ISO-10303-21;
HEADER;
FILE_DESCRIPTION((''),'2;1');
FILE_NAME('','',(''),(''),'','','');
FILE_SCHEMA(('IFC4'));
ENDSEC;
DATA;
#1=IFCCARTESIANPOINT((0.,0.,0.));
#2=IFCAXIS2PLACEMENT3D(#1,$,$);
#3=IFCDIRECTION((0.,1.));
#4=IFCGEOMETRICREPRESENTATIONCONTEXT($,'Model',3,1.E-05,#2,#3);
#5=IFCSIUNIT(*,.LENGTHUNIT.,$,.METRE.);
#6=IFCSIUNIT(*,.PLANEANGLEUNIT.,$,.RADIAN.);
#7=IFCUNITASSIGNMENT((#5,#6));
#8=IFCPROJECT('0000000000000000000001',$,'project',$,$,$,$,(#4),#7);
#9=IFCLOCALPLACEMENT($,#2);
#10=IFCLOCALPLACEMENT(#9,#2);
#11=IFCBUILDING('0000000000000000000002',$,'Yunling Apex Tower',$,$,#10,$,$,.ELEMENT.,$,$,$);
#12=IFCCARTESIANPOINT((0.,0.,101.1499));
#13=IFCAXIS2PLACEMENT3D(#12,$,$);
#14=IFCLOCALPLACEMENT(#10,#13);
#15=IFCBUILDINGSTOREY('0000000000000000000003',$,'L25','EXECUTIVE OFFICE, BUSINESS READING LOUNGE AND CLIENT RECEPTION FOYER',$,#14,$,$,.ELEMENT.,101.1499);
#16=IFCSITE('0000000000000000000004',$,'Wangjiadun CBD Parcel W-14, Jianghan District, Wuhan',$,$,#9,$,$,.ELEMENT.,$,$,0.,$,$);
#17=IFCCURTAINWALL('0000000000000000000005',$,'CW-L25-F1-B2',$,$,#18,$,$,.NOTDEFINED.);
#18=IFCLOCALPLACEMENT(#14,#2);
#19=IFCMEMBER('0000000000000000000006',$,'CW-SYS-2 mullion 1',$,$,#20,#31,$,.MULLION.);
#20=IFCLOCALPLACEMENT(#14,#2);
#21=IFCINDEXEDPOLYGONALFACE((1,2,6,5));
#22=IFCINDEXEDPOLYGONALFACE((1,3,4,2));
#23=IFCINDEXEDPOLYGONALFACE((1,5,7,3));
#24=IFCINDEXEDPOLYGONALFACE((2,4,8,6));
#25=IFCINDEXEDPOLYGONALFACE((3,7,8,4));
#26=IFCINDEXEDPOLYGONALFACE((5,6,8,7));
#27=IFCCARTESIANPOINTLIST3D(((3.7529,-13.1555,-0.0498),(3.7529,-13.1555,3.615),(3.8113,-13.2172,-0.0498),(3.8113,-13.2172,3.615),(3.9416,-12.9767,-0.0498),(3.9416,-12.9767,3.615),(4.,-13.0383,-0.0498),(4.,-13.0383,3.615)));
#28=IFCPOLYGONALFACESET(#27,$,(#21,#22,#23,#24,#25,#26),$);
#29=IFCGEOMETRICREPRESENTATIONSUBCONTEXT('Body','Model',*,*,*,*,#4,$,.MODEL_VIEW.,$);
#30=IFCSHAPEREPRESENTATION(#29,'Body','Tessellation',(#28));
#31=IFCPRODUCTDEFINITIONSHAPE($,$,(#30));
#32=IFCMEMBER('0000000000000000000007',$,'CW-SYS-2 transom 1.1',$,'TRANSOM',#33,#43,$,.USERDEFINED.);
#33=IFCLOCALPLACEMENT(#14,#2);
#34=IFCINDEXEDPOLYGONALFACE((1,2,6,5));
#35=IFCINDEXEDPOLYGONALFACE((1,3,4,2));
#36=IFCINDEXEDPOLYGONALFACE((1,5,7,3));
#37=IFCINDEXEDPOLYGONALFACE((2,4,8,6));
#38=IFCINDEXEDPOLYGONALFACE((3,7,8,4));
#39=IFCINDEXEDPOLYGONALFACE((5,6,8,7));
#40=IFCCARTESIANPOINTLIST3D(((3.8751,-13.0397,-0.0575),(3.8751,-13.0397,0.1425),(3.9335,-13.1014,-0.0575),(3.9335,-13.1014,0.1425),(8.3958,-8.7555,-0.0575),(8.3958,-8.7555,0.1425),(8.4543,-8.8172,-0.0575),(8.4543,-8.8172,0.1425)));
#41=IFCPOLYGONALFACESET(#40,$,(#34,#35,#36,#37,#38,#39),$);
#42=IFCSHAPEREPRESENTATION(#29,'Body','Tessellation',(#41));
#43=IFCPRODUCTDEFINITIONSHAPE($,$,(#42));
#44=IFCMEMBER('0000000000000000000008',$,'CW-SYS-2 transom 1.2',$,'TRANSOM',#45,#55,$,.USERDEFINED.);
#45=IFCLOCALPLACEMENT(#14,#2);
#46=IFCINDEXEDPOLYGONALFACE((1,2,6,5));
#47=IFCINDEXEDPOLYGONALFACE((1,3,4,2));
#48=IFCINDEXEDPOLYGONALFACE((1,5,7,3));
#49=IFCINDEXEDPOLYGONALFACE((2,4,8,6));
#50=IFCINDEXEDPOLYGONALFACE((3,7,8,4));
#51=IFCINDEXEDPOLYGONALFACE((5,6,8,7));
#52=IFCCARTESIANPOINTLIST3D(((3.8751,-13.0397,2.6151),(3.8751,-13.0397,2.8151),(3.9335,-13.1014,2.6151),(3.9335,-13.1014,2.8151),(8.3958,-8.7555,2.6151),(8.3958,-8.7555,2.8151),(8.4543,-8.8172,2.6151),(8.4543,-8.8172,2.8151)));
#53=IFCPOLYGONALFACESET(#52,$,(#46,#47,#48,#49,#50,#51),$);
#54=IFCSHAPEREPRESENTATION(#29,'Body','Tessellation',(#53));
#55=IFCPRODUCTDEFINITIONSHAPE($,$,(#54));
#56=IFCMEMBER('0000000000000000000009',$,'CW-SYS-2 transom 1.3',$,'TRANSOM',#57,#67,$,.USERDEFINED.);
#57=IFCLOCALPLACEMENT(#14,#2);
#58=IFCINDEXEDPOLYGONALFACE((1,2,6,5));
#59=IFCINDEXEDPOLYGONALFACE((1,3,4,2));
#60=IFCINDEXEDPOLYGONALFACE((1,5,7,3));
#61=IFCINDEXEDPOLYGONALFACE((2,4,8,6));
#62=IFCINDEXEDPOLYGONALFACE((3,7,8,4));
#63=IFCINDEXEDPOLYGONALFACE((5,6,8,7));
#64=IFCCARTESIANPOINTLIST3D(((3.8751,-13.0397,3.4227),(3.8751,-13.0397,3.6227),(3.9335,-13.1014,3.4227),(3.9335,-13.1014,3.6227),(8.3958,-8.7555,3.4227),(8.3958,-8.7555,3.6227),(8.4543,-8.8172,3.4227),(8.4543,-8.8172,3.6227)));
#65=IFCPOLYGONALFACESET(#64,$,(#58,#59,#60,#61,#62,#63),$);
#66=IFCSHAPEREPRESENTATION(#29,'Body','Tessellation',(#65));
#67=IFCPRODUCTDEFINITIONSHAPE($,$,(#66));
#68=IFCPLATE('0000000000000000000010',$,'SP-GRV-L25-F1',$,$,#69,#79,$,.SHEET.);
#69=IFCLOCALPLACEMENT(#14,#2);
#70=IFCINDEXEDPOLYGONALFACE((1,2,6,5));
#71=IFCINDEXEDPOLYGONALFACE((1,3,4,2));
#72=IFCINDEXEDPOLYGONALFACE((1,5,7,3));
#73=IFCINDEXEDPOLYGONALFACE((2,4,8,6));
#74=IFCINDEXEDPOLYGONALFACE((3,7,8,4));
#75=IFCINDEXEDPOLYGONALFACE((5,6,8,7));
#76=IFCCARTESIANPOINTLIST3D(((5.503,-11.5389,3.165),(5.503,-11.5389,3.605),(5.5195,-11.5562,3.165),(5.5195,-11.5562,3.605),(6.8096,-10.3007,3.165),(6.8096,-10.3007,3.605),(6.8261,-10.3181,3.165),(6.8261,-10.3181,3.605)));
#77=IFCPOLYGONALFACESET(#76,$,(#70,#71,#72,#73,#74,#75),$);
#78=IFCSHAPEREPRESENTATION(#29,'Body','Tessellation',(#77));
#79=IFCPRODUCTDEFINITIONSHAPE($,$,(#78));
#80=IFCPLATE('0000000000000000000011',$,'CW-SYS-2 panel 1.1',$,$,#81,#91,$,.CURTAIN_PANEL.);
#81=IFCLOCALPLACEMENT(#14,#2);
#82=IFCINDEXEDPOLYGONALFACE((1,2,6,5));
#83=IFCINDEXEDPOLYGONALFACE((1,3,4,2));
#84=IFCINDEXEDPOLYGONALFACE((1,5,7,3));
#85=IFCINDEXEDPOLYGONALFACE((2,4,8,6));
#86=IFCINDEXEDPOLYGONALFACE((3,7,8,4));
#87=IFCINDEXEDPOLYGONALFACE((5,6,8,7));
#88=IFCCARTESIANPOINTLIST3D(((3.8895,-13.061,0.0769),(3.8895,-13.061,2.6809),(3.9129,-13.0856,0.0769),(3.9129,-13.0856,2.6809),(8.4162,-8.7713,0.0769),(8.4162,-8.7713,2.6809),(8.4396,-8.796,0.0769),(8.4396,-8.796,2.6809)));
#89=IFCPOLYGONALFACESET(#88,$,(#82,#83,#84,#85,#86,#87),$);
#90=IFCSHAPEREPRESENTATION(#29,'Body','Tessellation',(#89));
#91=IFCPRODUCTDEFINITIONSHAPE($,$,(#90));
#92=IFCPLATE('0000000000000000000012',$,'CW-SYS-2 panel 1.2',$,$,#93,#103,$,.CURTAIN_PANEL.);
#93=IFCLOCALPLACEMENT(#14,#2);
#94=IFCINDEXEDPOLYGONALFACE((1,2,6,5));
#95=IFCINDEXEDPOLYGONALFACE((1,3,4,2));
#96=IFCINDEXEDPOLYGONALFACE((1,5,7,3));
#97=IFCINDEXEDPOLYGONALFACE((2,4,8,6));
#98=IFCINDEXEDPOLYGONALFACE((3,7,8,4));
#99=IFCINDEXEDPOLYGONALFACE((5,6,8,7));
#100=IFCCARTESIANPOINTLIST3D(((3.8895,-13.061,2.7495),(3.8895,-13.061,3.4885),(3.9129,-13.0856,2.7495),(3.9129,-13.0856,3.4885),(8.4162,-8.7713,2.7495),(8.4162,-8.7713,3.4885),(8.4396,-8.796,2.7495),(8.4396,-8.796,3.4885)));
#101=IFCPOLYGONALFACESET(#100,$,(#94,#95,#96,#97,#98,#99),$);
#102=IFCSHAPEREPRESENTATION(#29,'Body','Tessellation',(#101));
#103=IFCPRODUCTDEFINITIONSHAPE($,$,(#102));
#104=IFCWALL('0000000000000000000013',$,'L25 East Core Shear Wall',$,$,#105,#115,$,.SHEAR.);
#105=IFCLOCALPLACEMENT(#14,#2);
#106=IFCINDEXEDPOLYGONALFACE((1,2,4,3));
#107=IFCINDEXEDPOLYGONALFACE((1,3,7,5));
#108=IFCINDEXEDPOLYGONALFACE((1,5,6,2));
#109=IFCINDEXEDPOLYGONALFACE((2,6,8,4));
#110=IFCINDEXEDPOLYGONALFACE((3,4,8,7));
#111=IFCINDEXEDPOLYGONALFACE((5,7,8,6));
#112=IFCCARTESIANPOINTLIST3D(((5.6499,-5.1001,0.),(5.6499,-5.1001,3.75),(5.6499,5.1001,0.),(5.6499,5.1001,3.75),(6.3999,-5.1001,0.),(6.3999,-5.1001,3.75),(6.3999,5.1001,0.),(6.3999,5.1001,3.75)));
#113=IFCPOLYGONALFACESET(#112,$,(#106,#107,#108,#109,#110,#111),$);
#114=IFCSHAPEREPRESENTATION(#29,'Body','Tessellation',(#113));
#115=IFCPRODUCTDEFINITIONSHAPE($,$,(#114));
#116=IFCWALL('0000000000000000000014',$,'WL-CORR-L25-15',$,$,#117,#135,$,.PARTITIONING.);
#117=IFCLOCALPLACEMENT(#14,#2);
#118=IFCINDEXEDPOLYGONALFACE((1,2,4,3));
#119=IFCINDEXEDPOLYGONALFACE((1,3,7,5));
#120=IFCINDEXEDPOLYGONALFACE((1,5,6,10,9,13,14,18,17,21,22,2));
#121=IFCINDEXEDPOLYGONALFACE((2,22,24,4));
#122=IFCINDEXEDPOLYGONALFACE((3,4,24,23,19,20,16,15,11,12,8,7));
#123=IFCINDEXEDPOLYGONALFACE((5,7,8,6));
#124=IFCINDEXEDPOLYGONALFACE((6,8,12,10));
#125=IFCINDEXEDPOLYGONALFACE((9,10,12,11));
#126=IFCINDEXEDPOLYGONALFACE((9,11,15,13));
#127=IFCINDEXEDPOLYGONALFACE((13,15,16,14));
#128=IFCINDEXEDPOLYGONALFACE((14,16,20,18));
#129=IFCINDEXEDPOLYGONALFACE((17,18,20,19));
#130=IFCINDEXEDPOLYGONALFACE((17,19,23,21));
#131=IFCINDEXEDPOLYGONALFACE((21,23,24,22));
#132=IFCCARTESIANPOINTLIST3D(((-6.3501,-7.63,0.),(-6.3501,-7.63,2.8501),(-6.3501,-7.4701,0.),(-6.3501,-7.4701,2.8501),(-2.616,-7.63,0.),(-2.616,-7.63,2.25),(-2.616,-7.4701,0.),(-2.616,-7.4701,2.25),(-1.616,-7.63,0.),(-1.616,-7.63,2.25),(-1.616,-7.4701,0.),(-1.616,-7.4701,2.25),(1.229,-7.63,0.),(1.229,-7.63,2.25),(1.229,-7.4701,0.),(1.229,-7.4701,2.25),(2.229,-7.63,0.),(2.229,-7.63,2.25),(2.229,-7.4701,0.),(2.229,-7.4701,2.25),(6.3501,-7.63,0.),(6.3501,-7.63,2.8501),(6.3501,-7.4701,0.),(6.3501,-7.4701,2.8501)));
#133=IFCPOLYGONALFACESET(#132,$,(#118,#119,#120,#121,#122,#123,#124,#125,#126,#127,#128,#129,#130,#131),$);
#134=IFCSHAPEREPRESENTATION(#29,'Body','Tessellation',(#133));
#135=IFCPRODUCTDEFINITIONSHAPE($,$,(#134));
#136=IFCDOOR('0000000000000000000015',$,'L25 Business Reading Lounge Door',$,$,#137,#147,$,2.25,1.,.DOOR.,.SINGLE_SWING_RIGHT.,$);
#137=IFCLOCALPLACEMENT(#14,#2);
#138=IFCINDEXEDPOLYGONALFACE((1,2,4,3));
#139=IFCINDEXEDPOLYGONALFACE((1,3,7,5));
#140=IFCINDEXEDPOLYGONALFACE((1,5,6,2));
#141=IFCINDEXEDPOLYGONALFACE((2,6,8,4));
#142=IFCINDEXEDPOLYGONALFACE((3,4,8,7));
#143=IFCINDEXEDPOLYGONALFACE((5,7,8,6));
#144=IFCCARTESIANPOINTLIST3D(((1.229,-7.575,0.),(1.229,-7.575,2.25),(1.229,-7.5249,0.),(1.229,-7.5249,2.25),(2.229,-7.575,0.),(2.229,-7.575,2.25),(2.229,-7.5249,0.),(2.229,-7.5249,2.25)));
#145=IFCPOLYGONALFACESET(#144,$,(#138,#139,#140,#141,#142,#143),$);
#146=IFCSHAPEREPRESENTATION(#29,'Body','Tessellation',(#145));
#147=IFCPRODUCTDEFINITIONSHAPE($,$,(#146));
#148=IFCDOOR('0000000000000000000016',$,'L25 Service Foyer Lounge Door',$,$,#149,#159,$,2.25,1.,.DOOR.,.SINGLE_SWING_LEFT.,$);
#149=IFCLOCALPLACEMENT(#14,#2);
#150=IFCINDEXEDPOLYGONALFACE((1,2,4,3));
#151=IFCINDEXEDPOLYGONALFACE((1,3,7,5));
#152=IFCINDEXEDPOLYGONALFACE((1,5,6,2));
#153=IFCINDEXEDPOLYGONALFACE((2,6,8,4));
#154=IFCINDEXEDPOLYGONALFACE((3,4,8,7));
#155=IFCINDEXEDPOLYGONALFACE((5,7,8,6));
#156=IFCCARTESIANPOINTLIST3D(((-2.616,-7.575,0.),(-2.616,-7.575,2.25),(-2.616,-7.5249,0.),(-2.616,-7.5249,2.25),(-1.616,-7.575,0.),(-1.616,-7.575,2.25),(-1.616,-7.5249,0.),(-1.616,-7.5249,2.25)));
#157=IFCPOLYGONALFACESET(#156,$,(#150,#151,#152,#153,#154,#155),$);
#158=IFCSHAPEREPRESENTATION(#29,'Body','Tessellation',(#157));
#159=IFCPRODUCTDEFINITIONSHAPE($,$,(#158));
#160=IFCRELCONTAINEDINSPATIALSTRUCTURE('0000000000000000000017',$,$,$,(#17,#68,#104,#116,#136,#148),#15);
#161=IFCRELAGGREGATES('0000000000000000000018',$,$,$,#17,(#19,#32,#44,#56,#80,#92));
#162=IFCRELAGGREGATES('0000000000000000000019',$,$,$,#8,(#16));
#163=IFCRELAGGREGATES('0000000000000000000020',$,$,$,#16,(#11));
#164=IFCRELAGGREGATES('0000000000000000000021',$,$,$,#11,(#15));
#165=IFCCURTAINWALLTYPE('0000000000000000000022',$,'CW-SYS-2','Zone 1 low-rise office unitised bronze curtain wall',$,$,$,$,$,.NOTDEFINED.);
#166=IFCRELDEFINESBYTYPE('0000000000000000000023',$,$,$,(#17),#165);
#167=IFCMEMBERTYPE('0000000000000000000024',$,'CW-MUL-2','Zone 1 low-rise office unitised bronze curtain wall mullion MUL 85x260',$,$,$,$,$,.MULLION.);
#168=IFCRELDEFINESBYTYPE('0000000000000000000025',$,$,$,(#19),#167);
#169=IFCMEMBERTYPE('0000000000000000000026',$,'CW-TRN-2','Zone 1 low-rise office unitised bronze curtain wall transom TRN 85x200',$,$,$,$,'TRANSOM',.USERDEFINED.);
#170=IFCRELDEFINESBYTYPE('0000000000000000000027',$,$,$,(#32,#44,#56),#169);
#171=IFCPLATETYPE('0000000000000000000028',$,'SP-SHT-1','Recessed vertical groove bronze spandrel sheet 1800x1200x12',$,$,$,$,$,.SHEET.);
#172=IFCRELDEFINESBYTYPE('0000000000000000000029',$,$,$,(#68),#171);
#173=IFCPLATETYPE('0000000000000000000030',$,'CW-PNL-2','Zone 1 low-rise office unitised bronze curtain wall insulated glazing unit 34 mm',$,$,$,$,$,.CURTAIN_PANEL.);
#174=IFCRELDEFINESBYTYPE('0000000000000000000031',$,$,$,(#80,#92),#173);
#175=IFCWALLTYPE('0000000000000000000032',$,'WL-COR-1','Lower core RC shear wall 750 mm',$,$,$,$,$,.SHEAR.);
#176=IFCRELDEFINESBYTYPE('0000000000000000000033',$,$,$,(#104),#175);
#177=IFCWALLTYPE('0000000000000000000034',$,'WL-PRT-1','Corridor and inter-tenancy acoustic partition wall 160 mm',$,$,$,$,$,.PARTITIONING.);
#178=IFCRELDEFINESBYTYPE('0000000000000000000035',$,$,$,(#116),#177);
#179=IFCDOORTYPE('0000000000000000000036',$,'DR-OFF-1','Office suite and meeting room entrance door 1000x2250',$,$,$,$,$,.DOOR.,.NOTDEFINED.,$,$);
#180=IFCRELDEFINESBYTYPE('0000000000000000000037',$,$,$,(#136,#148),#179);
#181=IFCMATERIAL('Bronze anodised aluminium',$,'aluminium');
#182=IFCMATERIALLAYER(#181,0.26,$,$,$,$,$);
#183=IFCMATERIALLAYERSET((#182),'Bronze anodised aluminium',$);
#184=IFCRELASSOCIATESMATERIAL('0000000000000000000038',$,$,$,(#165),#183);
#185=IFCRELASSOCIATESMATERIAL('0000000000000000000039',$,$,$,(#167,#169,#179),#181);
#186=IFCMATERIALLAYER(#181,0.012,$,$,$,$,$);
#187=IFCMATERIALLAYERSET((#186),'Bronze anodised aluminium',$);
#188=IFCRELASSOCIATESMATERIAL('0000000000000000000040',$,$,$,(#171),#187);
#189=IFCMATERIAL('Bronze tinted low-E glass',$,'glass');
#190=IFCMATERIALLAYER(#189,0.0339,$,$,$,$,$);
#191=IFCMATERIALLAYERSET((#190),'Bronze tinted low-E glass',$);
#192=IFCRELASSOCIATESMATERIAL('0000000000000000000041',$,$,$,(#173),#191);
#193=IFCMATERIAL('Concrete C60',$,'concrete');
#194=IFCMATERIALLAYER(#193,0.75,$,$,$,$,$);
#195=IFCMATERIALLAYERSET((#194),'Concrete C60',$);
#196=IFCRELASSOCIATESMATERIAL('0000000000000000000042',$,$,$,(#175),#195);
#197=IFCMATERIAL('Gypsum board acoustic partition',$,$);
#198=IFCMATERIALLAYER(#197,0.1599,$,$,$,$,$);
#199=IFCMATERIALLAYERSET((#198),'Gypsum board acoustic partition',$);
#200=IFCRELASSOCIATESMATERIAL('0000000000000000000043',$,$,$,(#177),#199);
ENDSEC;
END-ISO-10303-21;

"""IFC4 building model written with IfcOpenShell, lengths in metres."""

from ifc_helpers import new_model, si_unit, direction, frame, frame_2d, origin, origin_2d, place, context, subcontext, project, spatial, rectangle, extrude, source, transform, mapped, material, layer, layer_set, material_profile, profile_set, type_object, element, fill, aggregate, save


model = new_model("IFC4")

# Units and contexts
model_context = context("Model", 3, precision=1e-05, world=origin(), true_north=direction((0.0, 1.0)))
body_context = subcontext(model_context, "Body", "Model", "MODEL_VIEW")
ifc_project = project(units=[si_unit("LENGTHUNIT", "METRE"), si_unit("PLANEANGLEUNIT", "RADIAN")], contexts=[model_context])

# Site, building, storey
site_placement = place(None, origin())
site = spatial("IfcSite", under=ifc_project, at=site_placement, Name="Wangjiadun CBD Parcel W-14, Jianghan District, Wuhan", CompositionType="ELEMENT", RefElevation=0.0)
building_placement = place(site_placement, origin())
building = spatial("IfcBuilding", under=site, at=building_placement, Name="Yunling Apex Tower", CompositionType="ELEMENT")
storey_placement = place(building_placement, frame((0.0, 0.0, 101.1499)))
storey = spatial("IfcBuildingStorey", under=building, at=storey_placement, Name="L25", Description="EXECUTIVE OFFICE, BUSINESS READING LOUNGE AND CLIENT RECEPTION FOYER", CompositionType="ELEMENT", Elevation=101.1499)

# Shared definitions
ifc_material_1 = material(Name="Concrete C60", Category="concrete")

# Shared definitions
ifc_material_2 = material(Name="Bronze anodised aluminium", Category="aluminium")
ifc_layer_1 = layer(ifc_material_2, 0.26)
ifc_layer_set_1 = layer_set([ifc_layer_1], Name="Bronze anodised aluminium")
curtain_wall_type = type_object("IfcCurtainWallType", Name="CW-SYS-2", Description="Zone 1 low-rise office unitised bronze curtain wall", PredefinedType="NOTDEFINED", material=ifc_layer_set_1)
ifc_material_profile_1 = material_profile(ifc_material_2, rectangle(XDim=0.085, YDim=0.26, at=origin_2d()))
ifc_profile_set_1 = profile_set([ifc_material_profile_1], Name="Bronze anodised aluminium")
member_type_1 = type_object("IfcMemberType", Name="CW-MUL-2", Description="Zone 1 low-rise office unitised bronze curtain wall mullion MUL 85x260", PredefinedType="MULLION", material=ifc_profile_set_1)
shared_shape_1 = source(origin(), body_context, "Body", "SweptSolid", [
    extrude(rectangle(XDim=0.085, YDim=0.26, at=origin_2d()), origin(), (0.0, 0.0, 1.0), 3.6648),
])

# Curtain wall, members
curtain_wall_1_placement = place(storey_placement, origin())
curtain_wall_1 = element("IfcCurtainWall", 1, at=curtain_wall_1_placement, inside=storey, type_object=curtain_wall_type, Name="CW-L25-F1-B2", PredefinedType="NOTDEFINED")
member_1_placement = place(storey_placement, frame((3.8765, -13.0969, -0.0498), z_axis=(0.0, 0.0, 1.0), x_axis=(-0.687844, 0.725858, 0.0)))
member_1 = element("IfcMember", 2, at=member_1_placement, type_object=member_type_1, Name="CW-SYS-2 mullion 1", PredefinedType="MULLION", context=body_context, shape_type="MappedRepresentation", body=[
    mapped(shared_shape_1, transform((0.0, 0.0, 0.0), scale=1.0)),
])
ifc_material_profile_2 = material_profile(ifc_material_2, rectangle(XDim=0.085, YDim=0.2, at=origin_2d()))
ifc_profile_set_2 = profile_set([ifc_material_profile_2], Name="Bronze anodised aluminium")
member_type_2 = type_object("IfcMemberType", Name="CW-TRN-2", Description="Zone 1 low-rise office unitised bronze curtain wall transom TRN 85x200", ElementType="TRANSOM", PredefinedType="USERDEFINED", material=ifc_profile_set_2)
shared_shape_2 = source(origin(), body_context, "Body", "SweptSolid", [
    extrude(rectangle(XDim=0.085, YDim=0.2, at=origin_2d()), origin(), (0.0, 0.0, 1.0), 6.2283),
])
member_2_placement = place(storey_placement, frame((3.9043, -13.0706, 0.0425), z_axis=(0.725843, 0.68786, 0.0), x_axis=(-0.68786, 0.725843, 0.0)))
member_2 = element("IfcMember", 3, at=member_2_placement, type_object=member_type_2, Name="CW-SYS-2 transom 1.1", ObjectType="TRANSOM", PredefinedType="USERDEFINED", context=body_context, shape_type="MappedRepresentation", body=[
    mapped(shared_shape_2, transform((0.0, 0.0, 0.0), scale=1.0)),
])
member_3_placement = place(storey_placement, frame((3.9043, -13.0706, 2.7151), z_axis=(0.725843, 0.68786, 0.0), x_axis=(-0.68786, 0.725843, 0.0)))
member_3 = element("IfcMember", 4, at=member_3_placement, type_object=member_type_2, Name="CW-SYS-2 transom 1.2", ObjectType="TRANSOM", PredefinedType="USERDEFINED", context=body_context, shape_type="MappedRepresentation", body=[
    mapped(shared_shape_2, transform((0.0, 0.0, 0.0), scale=1.0)),
])
member_4_placement = place(storey_placement, frame((3.9043, -13.0706, 3.5227), z_axis=(0.725843, 0.68786, 0.0), x_axis=(-0.68786, 0.725843, 0.0)))
member_4 = element("IfcMember", 5, at=member_4_placement, type_object=member_type_2, Name="CW-SYS-2 transom 1.3", ObjectType="TRANSOM", PredefinedType="USERDEFINED", context=body_context, shape_type="MappedRepresentation", body=[
    mapped(shared_shape_2, transform((0.0, 0.0, 0.0), scale=1.0)),
])

# Plates
ifc_layer_2 = layer(ifc_material_2, 0.012)
ifc_layer_set_2 = layer_set([ifc_layer_2], Name="Bronze anodised aluminium")
plate_type_1 = type_object("IfcPlateType", Name="SP-SHT-1", Description="Recessed vertical groove bronze spandrel sheet 1800x1200x12", PredefinedType="SHEET", material=ifc_layer_set_2)
shared_shape_3 = source(origin(), body_context, "Body", "SweptSolid", [
    extrude(rectangle(XDim=1.8, YDim=0.0239, at=origin_2d()), origin(), (0.0, 0.0, 1.0), 0.4399),
])
plate_1_placement = place(storey_placement, frame((6.1646, -10.9285, 3.165), z_axis=(0.0, 0.0, 1.0), x_axis=(0.725855, 0.687848, 0.0)))
element("IfcPlate", 6, at=plate_1_placement, inside=storey, type_object=plate_type_1, Name="SP-GRV-L25-F1", PredefinedType="SHEET", context=body_context, shape_type="MappedRepresentation", body=[
    mapped(shared_shape_3, transform((0.0, 0.0, 0.0), scale=1.0)),
])
ifc_material_3 = material(Name="Bronze tinted low-E glass", Category="glass")
ifc_layer_3 = layer(ifc_material_3, 0.0339)
ifc_layer_set_3 = layer_set([ifc_layer_3], Name="Bronze tinted low-E glass")
plate_type_2 = type_object("IfcPlateType", Name="CW-PNL-2", Description="Zone 1 low-rise office unitised bronze curtain wall insulated glazing unit 34 mm", PredefinedType="CURTAIN_PANEL", material=ifc_layer_set_3)
shared_shape_4 = source(origin(), body_context, "Body", "SweptSolid", [
    extrude(rectangle(XDim=6.2363, YDim=0.0339, at=origin_2d()), origin(), (0.0, 0.0, 1.0), 2.604),
])
plate_2_placement = place(storey_placement, frame((6.1646, -10.9285, 0.0769), z_axis=(0.0, 0.0, 1.0), x_axis=(0.725858, 0.687844, 0.0)))
plate_2 = element("IfcPlate", 7, at=plate_2_placement, type_object=plate_type_2, Name="CW-SYS-2 panel 1.1", PredefinedType="CURTAIN_PANEL", context=body_context, shape_type="MappedRepresentation", body=[
    mapped(shared_shape_4, transform((0.0, 0.0, 0.0), scale=1.0)),
])
shared_shape_5 = source(origin(), body_context, "Body", "SweptSolid", [
    extrude(rectangle(XDim=6.2363, YDim=0.0339, at=origin_2d()), origin(), (0.0, 0.0, 1.0), 0.739),
])
plate_3_placement = place(storey_placement, frame((6.1646, -10.9285, 2.7495), z_axis=(0.0, 0.0, 1.0), x_axis=(0.725858, 0.687844, 0.0)))
plate_3 = element("IfcPlate", 8, at=plate_3_placement, type_object=plate_type_2, Name="CW-SYS-2 panel 1.2", PredefinedType="CURTAIN_PANEL", context=body_context, shape_type="MappedRepresentation", body=[
    mapped(shared_shape_5, transform((0.0, 0.0, 0.0), scale=1.0)),
])
aggregate(curtain_wall_1, [member_1, member_2, member_3, member_4, plate_2, plate_3])

# Wall
ifc_layer_4 = layer(ifc_material_1, 0.75)
ifc_layer_set_4 = layer_set([ifc_layer_4], Name="Concrete C60")
wall_type_1 = type_object("IfcWallType", Name="WL-COR-1", Description="Lower core RC shear wall 750 mm", PredefinedType="SHEAR", material=ifc_layer_set_4)
wall_1_placement = place(storey_placement, frame((6.0249, -5.1001, 0.0), z_axis=(0.0, 0.0, 1.0), x_axis=(0.0, 1.0, 0.0)))
element("IfcWall", 9, at=wall_1_placement, inside=storey, type_object=wall_type_1, Name="L25 East Core Shear Wall", PredefinedType="SHEAR", context=body_context, shape_type="SweptSolid", body=[
    extrude(rectangle(XDim=10.2002, YDim=0.75, at=frame_2d((5.1001, 0.0))), origin(), (0.0, 0.0, 1.0), 3.75),
])

# Wall, openings, doors
ifc_material_4 = material(Name="Gypsum board acoustic partition")
ifc_layer_5 = layer(ifc_material_4, 0.1599)
ifc_layer_set_5 = layer_set([ifc_layer_5], Name="Gypsum board acoustic partition")
wall_type_2 = type_object("IfcWallType", Name="WL-PRT-1", Description="Corridor and inter-tenancy acoustic partition wall 160 mm", PredefinedType="PARTITIONING", material=ifc_layer_set_5)
wall_2_placement = place(storey_placement, frame((6.3501, -7.55, 0.0), z_axis=(0.0, 0.0, 1.0), x_axis=(-1.0, 0.0, 0.0)))
wall_2 = element("IfcWall", 10, at=wall_2_placement, inside=storey, type_object=wall_type_2, Name="WL-CORR-L25-15", PredefinedType="PARTITIONING", context=body_context, shape_type="SweptSolid", body=[
    extrude(rectangle(XDim=12.7002, YDim=0.1599, at=frame_2d((6.3501, 0.0))), origin(), (0.0, 0.0, 1.0), 2.8501),
])
opening_1_placement = place(wall_2_placement, frame((4.1211, 0.0, 0.0)))
opening_1 = element("IfcOpeningElement", 11, at=opening_1_placement, cuts=wall_2, PredefinedType="OPENING", context=body_context, shape_type="SweptSolid", body=[
    extrude(rectangle(XDim=1.0, YDim=2.25, at=frame_2d((0.5, 1.125))), frame((0.0, 0.0898, 0.0), z_axis=(0.0, -1.0, 0.0), x_axis=(1.0, 0.0, 0.0)), (0.0, 0.0, 1.0), 0.1799),
])
opening_2_placement = place(wall_2_placement, frame((7.9661, 0.0, 0.0)))
opening_2 = element("IfcOpeningElement", 12, at=opening_2_placement, cuts=wall_2, PredefinedType="OPENING", context=body_context, shape_type="SweptSolid", body=[
    extrude(rectangle(XDim=1.0, YDim=2.25, at=frame_2d((0.5, 1.125))), frame((0.0, 0.0898, 0.0), z_axis=(0.0, -1.0, 0.0), x_axis=(1.0, 0.0, 0.0)), (0.0, 0.0, 1.0), 0.1799),
])
door_type_1 = type_object("IfcDoorType", Name="DR-OFF-1", Description="Office suite and meeting room entrance door 1000x2250", OperationType="NOTDEFINED", PredefinedType="DOOR", material=ifc_material_2)
door_1_placement = place(opening_1_placement, origin())
door_1 = element("IfcDoor", 13, at=door_1_placement, inside=storey, type_object=door_type_1, Name="L25 Business Reading Lounge Door", OperationType="SINGLE_SWING_RIGHT", OverallHeight=2.25, OverallWidth=1.0, PredefinedType="DOOR", context=body_context, shape_type="SweptSolid", body=[
    extrude(rectangle(XDim=1.0, YDim=2.25, at=frame_2d((0.5, 1.125))), frame((0.0, 0.0249, 0.0), z_axis=(0.0, -1.0, 0.0), x_axis=(1.0, 0.0, 0.0)), (0.0, 0.0, 1.0), 0.05),
])
fill(opening_1, door_1)
door_2_placement = place(opening_2_placement, origin())
door_2 = element("IfcDoor", 14, at=door_2_placement, inside=storey, type_object=door_type_1, Name="L25 Service Foyer Lounge Door", OperationType="SINGLE_SWING_LEFT", OverallHeight=2.25, OverallWidth=1.0, PredefinedType="DOOR", context=body_context, shape_type="SweptSolid", body=[
    extrude(rectangle(XDim=1.0, YDim=2.25, at=frame_2d((0.5, 1.125))), frame((0.0, 0.0249, 0.0), z_axis=(0.0, -1.0, 0.0), x_axis=(1.0, 0.0, 0.0)), (0.0, 0.0, 1.0), 0.05),
])
fill(opening_2, door_2)

save(model, "model.ifc")
